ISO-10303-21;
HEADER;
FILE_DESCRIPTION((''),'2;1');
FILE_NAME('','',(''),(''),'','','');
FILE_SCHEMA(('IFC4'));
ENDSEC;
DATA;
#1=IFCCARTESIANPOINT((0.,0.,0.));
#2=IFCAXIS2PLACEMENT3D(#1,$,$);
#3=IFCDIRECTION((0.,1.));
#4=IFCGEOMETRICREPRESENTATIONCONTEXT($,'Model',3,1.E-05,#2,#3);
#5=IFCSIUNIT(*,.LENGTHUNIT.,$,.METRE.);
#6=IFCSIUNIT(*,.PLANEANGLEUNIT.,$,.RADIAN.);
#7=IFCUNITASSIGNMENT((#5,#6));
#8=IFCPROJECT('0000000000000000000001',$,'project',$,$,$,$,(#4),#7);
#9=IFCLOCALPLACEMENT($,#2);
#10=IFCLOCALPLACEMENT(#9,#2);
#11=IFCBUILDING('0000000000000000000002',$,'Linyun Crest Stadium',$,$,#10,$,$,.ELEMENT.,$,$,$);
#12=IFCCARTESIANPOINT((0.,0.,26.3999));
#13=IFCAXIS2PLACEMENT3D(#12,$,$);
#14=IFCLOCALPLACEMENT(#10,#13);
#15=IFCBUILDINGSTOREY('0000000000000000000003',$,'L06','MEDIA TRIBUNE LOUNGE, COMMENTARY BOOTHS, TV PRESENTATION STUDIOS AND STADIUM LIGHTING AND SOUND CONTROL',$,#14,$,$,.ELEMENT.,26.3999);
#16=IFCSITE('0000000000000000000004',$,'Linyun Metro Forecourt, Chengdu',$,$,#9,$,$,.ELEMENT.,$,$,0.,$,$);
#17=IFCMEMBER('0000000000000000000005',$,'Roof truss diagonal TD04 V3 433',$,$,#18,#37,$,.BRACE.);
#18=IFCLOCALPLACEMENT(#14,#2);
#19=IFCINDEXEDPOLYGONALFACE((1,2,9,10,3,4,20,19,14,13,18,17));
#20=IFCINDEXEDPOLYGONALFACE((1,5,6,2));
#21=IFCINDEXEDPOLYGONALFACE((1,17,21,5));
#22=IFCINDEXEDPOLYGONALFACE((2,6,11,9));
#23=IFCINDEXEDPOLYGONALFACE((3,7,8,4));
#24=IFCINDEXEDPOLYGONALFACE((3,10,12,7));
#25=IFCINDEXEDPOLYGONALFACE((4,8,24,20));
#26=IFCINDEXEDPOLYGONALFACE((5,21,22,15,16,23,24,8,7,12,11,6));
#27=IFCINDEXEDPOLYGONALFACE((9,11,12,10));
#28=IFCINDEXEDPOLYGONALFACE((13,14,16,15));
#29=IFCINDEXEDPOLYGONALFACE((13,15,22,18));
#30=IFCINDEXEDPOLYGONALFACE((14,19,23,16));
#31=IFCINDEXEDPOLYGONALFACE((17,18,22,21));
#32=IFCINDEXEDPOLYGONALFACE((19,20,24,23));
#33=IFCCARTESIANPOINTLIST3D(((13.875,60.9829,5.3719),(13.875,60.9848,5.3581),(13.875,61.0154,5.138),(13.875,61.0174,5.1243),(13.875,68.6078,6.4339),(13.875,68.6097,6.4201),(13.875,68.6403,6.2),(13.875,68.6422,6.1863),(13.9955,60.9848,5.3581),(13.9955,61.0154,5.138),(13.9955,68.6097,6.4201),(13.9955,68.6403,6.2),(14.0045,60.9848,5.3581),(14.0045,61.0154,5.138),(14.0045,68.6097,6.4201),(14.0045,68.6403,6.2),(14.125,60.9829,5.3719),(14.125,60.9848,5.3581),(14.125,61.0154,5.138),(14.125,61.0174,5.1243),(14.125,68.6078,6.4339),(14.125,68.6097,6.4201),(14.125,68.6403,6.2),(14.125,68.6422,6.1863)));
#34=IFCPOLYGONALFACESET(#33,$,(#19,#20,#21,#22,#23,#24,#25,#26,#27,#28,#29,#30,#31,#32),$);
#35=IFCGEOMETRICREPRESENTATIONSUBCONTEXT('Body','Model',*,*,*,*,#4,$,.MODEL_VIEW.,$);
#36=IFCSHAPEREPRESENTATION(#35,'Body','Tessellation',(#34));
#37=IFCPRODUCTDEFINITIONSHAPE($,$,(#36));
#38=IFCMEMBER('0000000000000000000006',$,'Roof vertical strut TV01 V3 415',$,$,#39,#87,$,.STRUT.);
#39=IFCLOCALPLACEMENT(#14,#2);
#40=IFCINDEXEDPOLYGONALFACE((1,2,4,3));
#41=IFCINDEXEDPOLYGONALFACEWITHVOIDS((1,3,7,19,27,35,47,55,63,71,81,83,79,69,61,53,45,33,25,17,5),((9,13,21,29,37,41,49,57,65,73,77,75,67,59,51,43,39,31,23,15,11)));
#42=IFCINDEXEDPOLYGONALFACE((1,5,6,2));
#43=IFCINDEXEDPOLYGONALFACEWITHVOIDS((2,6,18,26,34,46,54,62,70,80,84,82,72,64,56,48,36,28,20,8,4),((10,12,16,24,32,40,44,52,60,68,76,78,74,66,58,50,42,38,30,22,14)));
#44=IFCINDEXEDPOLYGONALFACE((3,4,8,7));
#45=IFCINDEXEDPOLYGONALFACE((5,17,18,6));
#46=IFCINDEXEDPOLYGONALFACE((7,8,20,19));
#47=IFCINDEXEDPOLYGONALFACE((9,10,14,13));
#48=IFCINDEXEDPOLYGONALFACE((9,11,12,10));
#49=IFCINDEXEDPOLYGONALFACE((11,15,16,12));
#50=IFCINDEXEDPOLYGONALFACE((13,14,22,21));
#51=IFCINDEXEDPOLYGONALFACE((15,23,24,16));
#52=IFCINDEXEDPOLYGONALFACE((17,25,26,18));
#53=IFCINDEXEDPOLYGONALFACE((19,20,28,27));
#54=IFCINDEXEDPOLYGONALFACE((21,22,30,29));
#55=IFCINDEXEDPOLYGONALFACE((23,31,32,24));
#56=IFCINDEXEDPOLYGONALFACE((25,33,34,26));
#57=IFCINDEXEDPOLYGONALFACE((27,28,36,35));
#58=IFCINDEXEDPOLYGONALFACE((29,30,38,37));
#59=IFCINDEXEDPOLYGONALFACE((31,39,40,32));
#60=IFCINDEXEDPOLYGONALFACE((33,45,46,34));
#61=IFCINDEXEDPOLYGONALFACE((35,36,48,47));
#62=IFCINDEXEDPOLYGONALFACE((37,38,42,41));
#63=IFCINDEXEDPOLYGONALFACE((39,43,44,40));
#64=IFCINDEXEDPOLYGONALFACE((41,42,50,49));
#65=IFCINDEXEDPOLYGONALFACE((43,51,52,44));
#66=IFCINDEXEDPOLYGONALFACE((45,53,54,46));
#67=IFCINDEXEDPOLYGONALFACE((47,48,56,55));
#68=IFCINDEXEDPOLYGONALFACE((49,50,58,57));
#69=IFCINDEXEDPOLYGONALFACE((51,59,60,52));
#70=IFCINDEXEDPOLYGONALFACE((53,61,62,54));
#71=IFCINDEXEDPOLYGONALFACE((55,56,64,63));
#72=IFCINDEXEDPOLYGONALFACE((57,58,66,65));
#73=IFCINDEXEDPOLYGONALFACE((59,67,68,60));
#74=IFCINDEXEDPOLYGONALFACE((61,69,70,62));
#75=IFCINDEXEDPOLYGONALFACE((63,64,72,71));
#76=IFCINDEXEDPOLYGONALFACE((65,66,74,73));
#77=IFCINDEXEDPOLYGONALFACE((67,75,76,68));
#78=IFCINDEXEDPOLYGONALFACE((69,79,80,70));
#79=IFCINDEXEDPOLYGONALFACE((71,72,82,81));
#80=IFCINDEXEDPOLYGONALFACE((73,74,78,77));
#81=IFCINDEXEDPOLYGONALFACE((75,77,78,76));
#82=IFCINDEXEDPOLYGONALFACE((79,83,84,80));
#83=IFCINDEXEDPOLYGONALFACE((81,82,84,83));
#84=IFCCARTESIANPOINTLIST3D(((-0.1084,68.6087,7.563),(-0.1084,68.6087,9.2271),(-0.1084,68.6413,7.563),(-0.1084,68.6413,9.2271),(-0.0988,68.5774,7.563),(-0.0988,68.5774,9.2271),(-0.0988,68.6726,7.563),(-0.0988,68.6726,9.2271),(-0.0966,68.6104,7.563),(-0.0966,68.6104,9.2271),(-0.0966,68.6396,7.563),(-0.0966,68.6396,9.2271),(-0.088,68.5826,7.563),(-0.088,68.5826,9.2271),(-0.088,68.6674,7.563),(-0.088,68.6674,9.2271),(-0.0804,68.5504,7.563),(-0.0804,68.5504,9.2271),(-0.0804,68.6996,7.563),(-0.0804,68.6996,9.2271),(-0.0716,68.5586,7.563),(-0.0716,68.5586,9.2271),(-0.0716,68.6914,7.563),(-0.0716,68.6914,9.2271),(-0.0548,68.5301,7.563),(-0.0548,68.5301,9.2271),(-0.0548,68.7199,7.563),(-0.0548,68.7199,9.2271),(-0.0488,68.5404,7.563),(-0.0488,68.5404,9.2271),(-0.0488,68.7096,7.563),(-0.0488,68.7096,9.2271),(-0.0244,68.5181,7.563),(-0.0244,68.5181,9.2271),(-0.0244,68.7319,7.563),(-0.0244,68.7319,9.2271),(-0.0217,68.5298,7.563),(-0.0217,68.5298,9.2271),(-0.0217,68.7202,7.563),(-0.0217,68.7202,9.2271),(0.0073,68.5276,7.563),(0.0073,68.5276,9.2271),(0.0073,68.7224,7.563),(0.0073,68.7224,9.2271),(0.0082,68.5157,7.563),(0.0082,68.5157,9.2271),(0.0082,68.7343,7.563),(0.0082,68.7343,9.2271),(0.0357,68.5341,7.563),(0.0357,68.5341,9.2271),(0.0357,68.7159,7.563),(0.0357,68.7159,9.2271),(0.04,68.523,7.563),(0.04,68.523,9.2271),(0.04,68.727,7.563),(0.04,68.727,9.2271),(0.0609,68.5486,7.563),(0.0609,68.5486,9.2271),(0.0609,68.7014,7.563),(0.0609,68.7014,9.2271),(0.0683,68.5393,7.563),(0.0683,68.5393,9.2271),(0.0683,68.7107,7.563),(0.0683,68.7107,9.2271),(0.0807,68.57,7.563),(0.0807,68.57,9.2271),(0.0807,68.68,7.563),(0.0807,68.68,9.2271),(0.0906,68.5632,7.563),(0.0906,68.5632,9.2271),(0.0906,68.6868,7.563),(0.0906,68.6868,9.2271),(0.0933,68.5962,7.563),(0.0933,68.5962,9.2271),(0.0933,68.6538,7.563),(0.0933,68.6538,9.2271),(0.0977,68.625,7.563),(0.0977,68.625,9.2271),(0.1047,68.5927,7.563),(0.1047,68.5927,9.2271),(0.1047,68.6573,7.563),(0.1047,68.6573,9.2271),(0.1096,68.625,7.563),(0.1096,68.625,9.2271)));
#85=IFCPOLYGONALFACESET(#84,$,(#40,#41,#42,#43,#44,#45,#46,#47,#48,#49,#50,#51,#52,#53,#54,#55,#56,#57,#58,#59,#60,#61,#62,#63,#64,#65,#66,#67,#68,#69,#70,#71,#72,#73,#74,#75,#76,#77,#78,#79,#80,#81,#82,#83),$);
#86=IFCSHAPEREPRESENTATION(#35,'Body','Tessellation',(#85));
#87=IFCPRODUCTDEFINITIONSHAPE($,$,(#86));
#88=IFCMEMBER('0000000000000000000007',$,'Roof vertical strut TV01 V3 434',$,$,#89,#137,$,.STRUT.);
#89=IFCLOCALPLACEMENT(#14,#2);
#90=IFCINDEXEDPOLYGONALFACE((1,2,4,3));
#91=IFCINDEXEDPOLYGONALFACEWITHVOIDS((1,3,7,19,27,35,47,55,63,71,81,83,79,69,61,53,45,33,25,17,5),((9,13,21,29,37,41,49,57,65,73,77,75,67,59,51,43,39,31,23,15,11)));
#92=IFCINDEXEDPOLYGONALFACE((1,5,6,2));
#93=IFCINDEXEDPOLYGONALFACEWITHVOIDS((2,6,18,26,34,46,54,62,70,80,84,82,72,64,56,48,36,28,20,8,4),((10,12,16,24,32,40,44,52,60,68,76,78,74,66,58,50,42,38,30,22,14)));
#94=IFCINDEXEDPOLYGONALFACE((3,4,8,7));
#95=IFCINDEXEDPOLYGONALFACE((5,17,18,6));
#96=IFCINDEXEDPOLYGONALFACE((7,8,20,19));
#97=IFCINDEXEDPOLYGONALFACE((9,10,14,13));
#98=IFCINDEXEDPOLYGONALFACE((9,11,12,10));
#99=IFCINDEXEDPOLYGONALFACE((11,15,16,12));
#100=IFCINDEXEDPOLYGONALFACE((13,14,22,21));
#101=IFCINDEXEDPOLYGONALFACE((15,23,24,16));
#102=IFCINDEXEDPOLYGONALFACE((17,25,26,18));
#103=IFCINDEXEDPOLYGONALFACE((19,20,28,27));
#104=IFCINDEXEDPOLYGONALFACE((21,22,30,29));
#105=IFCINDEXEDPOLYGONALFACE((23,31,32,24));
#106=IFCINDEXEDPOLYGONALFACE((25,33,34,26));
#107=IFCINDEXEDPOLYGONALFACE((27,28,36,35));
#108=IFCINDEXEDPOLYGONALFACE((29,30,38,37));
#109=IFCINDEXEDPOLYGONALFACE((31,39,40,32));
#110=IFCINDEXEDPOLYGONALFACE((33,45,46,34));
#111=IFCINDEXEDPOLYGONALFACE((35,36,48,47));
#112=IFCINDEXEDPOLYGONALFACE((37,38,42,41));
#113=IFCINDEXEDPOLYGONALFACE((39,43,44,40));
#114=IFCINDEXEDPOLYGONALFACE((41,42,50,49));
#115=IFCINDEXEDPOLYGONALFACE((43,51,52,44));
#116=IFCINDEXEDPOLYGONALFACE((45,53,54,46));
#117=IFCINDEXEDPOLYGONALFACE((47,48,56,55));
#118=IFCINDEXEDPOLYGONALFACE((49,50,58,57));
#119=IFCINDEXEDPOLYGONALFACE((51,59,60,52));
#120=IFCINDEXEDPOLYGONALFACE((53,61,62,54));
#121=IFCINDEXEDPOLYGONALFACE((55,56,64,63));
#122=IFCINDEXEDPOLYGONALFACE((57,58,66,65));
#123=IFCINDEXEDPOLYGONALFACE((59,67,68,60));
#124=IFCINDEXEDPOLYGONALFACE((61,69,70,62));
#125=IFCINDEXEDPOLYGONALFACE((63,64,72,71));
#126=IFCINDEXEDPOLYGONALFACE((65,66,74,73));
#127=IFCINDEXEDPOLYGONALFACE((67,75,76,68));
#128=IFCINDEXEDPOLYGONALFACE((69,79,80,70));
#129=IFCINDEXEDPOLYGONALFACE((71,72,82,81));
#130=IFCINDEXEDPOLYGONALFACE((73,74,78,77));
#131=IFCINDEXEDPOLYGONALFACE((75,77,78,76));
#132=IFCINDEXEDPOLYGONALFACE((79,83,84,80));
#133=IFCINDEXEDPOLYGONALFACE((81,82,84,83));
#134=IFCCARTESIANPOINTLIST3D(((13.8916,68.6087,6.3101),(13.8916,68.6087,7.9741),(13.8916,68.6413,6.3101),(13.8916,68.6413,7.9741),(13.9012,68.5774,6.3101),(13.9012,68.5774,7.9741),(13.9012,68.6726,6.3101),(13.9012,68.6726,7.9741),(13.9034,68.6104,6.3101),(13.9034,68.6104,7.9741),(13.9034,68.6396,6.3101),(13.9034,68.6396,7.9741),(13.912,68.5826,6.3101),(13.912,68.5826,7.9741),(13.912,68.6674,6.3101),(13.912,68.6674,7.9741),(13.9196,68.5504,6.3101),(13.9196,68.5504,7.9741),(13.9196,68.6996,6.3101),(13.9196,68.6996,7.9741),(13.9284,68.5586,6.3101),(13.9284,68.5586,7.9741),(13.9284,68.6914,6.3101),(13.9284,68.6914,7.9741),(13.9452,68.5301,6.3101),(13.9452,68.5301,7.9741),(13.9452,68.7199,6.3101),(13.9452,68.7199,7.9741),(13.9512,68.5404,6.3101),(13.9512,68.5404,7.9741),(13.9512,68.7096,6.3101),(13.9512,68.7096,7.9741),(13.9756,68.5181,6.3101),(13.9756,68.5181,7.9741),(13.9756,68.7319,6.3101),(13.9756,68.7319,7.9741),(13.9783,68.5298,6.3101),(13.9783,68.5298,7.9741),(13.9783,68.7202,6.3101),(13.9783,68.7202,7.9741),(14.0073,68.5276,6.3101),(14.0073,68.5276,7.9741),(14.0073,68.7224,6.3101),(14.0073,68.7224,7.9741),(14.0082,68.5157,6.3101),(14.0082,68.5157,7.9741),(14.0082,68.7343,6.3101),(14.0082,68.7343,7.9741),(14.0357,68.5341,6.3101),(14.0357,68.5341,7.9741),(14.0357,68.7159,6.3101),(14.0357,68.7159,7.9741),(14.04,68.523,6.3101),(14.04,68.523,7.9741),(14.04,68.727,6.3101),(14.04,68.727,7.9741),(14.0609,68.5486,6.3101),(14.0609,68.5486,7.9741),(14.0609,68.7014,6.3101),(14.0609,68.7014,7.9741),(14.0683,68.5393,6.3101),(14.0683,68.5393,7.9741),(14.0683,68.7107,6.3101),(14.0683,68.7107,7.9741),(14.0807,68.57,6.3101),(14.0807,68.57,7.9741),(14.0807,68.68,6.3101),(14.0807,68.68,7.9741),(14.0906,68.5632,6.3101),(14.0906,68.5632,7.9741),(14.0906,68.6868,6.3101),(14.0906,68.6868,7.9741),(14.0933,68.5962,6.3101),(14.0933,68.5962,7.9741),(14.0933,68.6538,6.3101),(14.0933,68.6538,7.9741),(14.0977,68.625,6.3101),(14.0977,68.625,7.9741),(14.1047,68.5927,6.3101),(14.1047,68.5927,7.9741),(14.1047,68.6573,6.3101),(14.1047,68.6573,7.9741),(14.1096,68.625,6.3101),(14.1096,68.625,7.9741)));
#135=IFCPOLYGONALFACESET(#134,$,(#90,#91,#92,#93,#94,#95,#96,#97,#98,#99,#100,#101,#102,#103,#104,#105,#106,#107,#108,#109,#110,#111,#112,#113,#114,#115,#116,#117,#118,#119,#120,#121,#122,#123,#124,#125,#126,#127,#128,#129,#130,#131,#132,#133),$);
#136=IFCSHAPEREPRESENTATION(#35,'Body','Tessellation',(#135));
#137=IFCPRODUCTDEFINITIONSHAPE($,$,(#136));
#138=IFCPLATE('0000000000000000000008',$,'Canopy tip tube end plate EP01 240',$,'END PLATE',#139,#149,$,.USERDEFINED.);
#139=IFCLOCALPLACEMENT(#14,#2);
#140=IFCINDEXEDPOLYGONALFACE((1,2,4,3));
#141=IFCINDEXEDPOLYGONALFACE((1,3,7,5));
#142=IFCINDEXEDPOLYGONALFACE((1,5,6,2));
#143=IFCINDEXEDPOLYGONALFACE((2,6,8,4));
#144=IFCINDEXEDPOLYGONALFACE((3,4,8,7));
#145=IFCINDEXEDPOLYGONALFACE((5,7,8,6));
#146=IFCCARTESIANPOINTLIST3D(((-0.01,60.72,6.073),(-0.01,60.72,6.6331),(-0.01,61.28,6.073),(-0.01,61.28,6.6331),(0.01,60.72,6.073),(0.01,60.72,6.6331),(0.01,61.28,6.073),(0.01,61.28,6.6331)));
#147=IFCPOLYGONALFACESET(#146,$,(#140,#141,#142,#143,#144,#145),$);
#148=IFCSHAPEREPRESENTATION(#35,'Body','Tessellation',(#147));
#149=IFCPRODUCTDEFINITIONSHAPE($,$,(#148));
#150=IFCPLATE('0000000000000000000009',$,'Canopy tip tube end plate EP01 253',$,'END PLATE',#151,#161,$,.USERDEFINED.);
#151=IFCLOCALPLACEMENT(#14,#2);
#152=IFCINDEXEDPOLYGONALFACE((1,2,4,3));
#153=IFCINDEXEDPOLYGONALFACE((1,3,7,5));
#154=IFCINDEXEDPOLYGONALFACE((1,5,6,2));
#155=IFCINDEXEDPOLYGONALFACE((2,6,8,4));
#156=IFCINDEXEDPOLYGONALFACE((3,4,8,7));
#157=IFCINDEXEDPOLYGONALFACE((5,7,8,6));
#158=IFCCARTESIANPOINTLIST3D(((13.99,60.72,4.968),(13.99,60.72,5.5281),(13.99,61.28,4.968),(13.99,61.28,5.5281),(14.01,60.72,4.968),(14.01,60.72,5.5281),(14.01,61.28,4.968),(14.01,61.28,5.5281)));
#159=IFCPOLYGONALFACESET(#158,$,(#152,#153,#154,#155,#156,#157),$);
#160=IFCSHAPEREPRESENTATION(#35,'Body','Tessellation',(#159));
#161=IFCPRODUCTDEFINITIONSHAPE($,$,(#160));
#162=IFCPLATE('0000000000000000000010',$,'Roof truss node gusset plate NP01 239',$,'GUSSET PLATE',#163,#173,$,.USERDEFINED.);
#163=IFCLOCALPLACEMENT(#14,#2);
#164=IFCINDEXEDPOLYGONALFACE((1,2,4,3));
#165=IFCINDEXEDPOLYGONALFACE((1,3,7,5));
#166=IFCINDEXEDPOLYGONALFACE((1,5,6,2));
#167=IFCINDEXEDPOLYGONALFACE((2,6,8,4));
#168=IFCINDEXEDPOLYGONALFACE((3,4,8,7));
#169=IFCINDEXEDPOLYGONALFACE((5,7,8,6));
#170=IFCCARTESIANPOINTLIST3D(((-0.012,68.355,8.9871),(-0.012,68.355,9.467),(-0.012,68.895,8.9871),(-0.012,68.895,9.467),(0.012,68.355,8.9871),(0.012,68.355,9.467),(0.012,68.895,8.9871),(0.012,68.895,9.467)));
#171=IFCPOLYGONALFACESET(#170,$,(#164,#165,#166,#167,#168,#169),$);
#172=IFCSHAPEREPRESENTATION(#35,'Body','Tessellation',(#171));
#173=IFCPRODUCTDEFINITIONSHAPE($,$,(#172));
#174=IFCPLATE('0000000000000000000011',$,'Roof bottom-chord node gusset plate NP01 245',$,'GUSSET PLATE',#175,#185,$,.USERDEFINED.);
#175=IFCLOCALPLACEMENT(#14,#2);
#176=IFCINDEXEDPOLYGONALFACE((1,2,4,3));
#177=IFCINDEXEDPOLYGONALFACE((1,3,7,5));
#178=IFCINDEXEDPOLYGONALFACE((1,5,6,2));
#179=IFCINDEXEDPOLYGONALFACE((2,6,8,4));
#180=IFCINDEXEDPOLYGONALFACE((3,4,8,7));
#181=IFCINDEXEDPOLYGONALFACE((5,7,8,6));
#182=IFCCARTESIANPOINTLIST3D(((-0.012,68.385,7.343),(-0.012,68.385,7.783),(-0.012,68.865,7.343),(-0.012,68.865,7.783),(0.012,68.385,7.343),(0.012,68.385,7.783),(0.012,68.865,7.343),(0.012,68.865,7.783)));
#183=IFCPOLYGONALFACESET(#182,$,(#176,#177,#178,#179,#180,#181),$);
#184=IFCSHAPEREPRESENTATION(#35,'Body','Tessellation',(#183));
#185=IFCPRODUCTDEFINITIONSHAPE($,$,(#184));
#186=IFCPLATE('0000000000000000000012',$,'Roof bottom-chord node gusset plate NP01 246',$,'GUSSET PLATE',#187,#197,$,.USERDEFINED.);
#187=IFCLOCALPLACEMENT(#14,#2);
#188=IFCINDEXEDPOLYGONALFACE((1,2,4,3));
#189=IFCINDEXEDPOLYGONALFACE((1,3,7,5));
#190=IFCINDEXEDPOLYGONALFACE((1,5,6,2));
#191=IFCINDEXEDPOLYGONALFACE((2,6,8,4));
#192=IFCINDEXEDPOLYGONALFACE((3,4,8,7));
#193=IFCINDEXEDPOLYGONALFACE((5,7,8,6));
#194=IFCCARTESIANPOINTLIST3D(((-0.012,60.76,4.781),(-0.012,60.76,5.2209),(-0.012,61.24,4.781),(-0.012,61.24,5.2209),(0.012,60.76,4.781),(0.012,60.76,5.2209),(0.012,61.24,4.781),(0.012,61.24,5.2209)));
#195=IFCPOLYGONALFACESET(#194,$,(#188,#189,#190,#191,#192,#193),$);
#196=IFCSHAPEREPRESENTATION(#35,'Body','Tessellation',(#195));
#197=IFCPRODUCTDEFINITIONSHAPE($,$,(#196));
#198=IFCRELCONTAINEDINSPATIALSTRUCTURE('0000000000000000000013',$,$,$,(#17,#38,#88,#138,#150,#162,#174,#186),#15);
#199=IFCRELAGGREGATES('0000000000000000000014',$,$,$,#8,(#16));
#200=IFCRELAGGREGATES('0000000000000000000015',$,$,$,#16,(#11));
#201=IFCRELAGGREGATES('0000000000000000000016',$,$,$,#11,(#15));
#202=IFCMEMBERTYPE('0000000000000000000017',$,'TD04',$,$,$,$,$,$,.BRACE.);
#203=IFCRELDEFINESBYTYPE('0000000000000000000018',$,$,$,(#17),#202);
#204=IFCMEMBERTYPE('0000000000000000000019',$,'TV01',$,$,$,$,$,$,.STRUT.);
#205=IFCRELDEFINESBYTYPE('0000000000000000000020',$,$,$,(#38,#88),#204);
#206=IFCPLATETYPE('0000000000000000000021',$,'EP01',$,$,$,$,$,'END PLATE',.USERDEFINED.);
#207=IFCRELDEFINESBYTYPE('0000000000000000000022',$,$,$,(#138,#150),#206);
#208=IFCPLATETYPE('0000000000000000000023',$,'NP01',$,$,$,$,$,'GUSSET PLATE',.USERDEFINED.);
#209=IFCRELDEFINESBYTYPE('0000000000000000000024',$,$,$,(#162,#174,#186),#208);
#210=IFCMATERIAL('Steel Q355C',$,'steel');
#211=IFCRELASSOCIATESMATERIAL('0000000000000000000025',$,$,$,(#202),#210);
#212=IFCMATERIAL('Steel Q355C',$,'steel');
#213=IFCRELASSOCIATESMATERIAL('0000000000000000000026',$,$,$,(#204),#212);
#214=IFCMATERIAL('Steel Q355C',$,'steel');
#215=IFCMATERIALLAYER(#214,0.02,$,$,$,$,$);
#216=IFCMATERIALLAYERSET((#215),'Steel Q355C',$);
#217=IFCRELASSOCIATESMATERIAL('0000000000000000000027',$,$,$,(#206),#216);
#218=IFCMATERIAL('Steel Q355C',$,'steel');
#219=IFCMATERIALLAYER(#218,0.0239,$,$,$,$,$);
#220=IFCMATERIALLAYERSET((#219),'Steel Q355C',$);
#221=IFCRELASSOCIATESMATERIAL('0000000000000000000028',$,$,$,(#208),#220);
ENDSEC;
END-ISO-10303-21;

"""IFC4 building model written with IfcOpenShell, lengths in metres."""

from ifc_helpers import new_model, si_unit, direction, frame, origin, origin_2d, place, context, subcontext, project, spatial, rectangle, hollow_circle, i_section, extrude, material, layer, layer_set, material_profile, profile_set, type_object, element, save


model = new_model("IFC4")

# Units and contexts
model_context = context("Model", 3, precision=1e-05, world=origin(), true_north=direction((0.0, 1.0)))
body_context = subcontext(model_context, "Body", "Model", "MODEL_VIEW")
ifc_project = project(units=[si_unit("LENGTHUNIT", "METRE"), si_unit("PLANEANGLEUNIT", "RADIAN")], contexts=[model_context])

# Site, building, storey
site_placement = place(None, origin())
site = spatial("IfcSite", under=ifc_project, at=site_placement, Name="Linyun Metro Forecourt, Chengdu", CompositionType="ELEMENT", RefElevation=0.0)
building_placement = place(site_placement, origin())
building = spatial("IfcBuilding", under=site, at=building_placement, Name="Linyun Crest Stadium", CompositionType="ELEMENT")
storey_placement = place(building_placement, frame((0.0, 0.0, 26.3999)))
storey = spatial("IfcBuildingStorey", under=building, at=storey_placement, Name="L06", Description="MEDIA TRIBUNE LOUNGE, COMMENTARY BOOTHS, TV PRESENTATION STUDIOS AND STADIUM LIGHTING AND SOUND CONTROL", CompositionType="ELEMENT", Elevation=26.3999)

# Members
ifc_material_1 = material(Name="Steel Q355C", Category="steel")
ifc_material_profile_1 = material_profile(ifc_material_1, i_section(OverallWidth=0.25, OverallDepth=0.25, WebThickness=0.009, FlangeThickness=0.0139, at=origin_2d()), Name="HW 250x250")
ifc_profile_set_1 = profile_set([ifc_material_profile_1], Name="Steel Q355C")
member_type_1 = type_object("IfcMemberType", Name="TD04", PredefinedType="BRACE", material=ifc_profile_set_1)
member_1_placement = place(storey_placement, frame((14.0, 68.625, 6.3101), z_axis=(0.0, -0.990439, -0.137949), x_axis=(1.0, 0.0, 0.0)))
element("IfcMember", 1, at=member_1_placement, inside=storey, type_object=member_type_1, Name="Roof truss diagonal TD04 V3 433", PredefinedType="BRACE", context=body_context, shape_type="SweptSolid", body=[
    extrude(i_section(OverallWidth=0.25, OverallDepth=0.25, WebThickness=0.009, FlangeThickness=0.0139, at=origin_2d()), origin(), (0.0, 0.0, 1.0), 7.6985),
])
ifc_material_2 = material(Name="Steel Q355C", Category="steel")
ifc_material_profile_2 = material_profile(ifc_material_2, hollow_circle(Radius=0.1096, WallThickness=0.012, at=origin_2d()), Name="CHS 219x12")
ifc_profile_set_2 = profile_set([ifc_material_profile_2], Name="Steel Q355C")
member_type_2 = type_object("IfcMemberType", Name="TV01", PredefinedType="STRUT", material=ifc_profile_set_2)
for number, where, z_axis, x_axis, name in (
    (2, (0.0, 68.625, 7.563), (0.0, 0.0, 1.0), (1.0, 0.0, 0.0), "Roof vertical strut TV01 V3 415"),
    (3, (14.0, 68.625, 6.3101), (0.0, 0.0, 1.0), (1.0, 0.0, 0.0), "Roof vertical strut TV01 V3 434"),
):
    element("IfcMember", number, at=place(storey_placement, frame(where, z_axis=z_axis, x_axis=x_axis)), inside=storey, type_object=member_type_2, Name=name, PredefinedType="STRUT", context=body_context, shape_type="SweptSolid", body=[
        extrude(hollow_circle(Radius=0.1096, WallThickness=0.012, at=origin_2d()), origin(), (0.0, 0.0, 1.0), 1.6641),
    ])

# Plates
ifc_material_3 = material(Name="Steel Q355C", Category="steel")
ifc_layer_1 = layer(ifc_material_3, 0.02)
ifc_layer_set_1 = layer_set([ifc_layer_1], Name="Steel Q355C")
plate_type_1 = type_object("IfcPlateType", Name="EP01", ElementType="END PLATE", PredefinedType="USERDEFINED", material=ifc_layer_set_1)
for number, where, z_axis, x_axis, name in (
    (4, (0.0, 61.0, 6.073), (0.0, 0.0, 1.0), (0.0, 1.0, 0.0), "Canopy tip tube end plate EP01 240"),
    (5, (14.0, 61.0, 4.968), (0.0, 0.0, 1.0), (0.0, 1.0, 0.0), "Canopy tip tube end plate EP01 253"),
):
    element("IfcPlate", number, at=place(storey_placement, frame(where, z_axis=z_axis, x_axis=x_axis)), inside=storey, type_object=plate_type_1, Name=name, ObjectType="END PLATE", PredefinedType="USERDEFINED", context=body_context, shape_type="SweptSolid", body=[
        extrude(rectangle(XDim=0.5601, YDim=0.02, at=origin_2d()), origin(), (0.0, 0.0, 1.0), 0.5601),
    ])
ifc_material_4 = material(Name="Steel Q355C", Category="steel")
ifc_layer_2 = layer(ifc_material_4, 0.0239)
ifc_layer_set_2 = layer_set([ifc_layer_2], Name="Steel Q355C")
plate_type_2 = type_object("IfcPlateType", Name="NP01", ElementType="GUSSET PLATE", PredefinedType="USERDEFINED", material=ifc_layer_set_2)
plate_1_placement = place(storey_placement, frame((0.0, 68.625, 8.9871), z_axis=(0.0, 0.0, 1.0), x_axis=(0.0, 1.0, 0.0)))
element("IfcPlate", 6, at=plate_1_placement, inside=storey, type_object=plate_type_2, Name="Roof truss node gusset plate NP01 239", ObjectType="GUSSET PLATE", PredefinedType="USERDEFINED", context=body_context, shape_type="SweptSolid", body=[
    extrude(rectangle(XDim=0.54, YDim=0.0239, at=origin_2d()), origin(), (0.0, 0.0, 1.0), 0.48),
])
for number, where, z_axis, x_axis, name in (
    (7, (0.0, 68.625, 7.343), (0.0, 0.0, 1.0), (0.0, 1.0, 0.0), "Roof bottom-chord node gusset plate NP01 245"),
    (8, (0.0, 61.0, 4.781), (0.0, 0.0, 1.0), (0.0, 1.0, 0.0), "Roof bottom-chord node gusset plate NP01 246"),
):
    element("IfcPlate", number, at=place(storey_placement, frame(where, z_axis=z_axis, x_axis=x_axis)), inside=storey, type_object=plate_type_2, Name=name, ObjectType="GUSSET PLATE", PredefinedType="USERDEFINED", context=body_context, shape_type="SweptSolid", body=[
        extrude(rectangle(XDim=0.48, YDim=0.0239, at=origin_2d()), origin(), (0.0, 0.0, 1.0), 0.4399),
    ])

save(model, "model.ifc")
